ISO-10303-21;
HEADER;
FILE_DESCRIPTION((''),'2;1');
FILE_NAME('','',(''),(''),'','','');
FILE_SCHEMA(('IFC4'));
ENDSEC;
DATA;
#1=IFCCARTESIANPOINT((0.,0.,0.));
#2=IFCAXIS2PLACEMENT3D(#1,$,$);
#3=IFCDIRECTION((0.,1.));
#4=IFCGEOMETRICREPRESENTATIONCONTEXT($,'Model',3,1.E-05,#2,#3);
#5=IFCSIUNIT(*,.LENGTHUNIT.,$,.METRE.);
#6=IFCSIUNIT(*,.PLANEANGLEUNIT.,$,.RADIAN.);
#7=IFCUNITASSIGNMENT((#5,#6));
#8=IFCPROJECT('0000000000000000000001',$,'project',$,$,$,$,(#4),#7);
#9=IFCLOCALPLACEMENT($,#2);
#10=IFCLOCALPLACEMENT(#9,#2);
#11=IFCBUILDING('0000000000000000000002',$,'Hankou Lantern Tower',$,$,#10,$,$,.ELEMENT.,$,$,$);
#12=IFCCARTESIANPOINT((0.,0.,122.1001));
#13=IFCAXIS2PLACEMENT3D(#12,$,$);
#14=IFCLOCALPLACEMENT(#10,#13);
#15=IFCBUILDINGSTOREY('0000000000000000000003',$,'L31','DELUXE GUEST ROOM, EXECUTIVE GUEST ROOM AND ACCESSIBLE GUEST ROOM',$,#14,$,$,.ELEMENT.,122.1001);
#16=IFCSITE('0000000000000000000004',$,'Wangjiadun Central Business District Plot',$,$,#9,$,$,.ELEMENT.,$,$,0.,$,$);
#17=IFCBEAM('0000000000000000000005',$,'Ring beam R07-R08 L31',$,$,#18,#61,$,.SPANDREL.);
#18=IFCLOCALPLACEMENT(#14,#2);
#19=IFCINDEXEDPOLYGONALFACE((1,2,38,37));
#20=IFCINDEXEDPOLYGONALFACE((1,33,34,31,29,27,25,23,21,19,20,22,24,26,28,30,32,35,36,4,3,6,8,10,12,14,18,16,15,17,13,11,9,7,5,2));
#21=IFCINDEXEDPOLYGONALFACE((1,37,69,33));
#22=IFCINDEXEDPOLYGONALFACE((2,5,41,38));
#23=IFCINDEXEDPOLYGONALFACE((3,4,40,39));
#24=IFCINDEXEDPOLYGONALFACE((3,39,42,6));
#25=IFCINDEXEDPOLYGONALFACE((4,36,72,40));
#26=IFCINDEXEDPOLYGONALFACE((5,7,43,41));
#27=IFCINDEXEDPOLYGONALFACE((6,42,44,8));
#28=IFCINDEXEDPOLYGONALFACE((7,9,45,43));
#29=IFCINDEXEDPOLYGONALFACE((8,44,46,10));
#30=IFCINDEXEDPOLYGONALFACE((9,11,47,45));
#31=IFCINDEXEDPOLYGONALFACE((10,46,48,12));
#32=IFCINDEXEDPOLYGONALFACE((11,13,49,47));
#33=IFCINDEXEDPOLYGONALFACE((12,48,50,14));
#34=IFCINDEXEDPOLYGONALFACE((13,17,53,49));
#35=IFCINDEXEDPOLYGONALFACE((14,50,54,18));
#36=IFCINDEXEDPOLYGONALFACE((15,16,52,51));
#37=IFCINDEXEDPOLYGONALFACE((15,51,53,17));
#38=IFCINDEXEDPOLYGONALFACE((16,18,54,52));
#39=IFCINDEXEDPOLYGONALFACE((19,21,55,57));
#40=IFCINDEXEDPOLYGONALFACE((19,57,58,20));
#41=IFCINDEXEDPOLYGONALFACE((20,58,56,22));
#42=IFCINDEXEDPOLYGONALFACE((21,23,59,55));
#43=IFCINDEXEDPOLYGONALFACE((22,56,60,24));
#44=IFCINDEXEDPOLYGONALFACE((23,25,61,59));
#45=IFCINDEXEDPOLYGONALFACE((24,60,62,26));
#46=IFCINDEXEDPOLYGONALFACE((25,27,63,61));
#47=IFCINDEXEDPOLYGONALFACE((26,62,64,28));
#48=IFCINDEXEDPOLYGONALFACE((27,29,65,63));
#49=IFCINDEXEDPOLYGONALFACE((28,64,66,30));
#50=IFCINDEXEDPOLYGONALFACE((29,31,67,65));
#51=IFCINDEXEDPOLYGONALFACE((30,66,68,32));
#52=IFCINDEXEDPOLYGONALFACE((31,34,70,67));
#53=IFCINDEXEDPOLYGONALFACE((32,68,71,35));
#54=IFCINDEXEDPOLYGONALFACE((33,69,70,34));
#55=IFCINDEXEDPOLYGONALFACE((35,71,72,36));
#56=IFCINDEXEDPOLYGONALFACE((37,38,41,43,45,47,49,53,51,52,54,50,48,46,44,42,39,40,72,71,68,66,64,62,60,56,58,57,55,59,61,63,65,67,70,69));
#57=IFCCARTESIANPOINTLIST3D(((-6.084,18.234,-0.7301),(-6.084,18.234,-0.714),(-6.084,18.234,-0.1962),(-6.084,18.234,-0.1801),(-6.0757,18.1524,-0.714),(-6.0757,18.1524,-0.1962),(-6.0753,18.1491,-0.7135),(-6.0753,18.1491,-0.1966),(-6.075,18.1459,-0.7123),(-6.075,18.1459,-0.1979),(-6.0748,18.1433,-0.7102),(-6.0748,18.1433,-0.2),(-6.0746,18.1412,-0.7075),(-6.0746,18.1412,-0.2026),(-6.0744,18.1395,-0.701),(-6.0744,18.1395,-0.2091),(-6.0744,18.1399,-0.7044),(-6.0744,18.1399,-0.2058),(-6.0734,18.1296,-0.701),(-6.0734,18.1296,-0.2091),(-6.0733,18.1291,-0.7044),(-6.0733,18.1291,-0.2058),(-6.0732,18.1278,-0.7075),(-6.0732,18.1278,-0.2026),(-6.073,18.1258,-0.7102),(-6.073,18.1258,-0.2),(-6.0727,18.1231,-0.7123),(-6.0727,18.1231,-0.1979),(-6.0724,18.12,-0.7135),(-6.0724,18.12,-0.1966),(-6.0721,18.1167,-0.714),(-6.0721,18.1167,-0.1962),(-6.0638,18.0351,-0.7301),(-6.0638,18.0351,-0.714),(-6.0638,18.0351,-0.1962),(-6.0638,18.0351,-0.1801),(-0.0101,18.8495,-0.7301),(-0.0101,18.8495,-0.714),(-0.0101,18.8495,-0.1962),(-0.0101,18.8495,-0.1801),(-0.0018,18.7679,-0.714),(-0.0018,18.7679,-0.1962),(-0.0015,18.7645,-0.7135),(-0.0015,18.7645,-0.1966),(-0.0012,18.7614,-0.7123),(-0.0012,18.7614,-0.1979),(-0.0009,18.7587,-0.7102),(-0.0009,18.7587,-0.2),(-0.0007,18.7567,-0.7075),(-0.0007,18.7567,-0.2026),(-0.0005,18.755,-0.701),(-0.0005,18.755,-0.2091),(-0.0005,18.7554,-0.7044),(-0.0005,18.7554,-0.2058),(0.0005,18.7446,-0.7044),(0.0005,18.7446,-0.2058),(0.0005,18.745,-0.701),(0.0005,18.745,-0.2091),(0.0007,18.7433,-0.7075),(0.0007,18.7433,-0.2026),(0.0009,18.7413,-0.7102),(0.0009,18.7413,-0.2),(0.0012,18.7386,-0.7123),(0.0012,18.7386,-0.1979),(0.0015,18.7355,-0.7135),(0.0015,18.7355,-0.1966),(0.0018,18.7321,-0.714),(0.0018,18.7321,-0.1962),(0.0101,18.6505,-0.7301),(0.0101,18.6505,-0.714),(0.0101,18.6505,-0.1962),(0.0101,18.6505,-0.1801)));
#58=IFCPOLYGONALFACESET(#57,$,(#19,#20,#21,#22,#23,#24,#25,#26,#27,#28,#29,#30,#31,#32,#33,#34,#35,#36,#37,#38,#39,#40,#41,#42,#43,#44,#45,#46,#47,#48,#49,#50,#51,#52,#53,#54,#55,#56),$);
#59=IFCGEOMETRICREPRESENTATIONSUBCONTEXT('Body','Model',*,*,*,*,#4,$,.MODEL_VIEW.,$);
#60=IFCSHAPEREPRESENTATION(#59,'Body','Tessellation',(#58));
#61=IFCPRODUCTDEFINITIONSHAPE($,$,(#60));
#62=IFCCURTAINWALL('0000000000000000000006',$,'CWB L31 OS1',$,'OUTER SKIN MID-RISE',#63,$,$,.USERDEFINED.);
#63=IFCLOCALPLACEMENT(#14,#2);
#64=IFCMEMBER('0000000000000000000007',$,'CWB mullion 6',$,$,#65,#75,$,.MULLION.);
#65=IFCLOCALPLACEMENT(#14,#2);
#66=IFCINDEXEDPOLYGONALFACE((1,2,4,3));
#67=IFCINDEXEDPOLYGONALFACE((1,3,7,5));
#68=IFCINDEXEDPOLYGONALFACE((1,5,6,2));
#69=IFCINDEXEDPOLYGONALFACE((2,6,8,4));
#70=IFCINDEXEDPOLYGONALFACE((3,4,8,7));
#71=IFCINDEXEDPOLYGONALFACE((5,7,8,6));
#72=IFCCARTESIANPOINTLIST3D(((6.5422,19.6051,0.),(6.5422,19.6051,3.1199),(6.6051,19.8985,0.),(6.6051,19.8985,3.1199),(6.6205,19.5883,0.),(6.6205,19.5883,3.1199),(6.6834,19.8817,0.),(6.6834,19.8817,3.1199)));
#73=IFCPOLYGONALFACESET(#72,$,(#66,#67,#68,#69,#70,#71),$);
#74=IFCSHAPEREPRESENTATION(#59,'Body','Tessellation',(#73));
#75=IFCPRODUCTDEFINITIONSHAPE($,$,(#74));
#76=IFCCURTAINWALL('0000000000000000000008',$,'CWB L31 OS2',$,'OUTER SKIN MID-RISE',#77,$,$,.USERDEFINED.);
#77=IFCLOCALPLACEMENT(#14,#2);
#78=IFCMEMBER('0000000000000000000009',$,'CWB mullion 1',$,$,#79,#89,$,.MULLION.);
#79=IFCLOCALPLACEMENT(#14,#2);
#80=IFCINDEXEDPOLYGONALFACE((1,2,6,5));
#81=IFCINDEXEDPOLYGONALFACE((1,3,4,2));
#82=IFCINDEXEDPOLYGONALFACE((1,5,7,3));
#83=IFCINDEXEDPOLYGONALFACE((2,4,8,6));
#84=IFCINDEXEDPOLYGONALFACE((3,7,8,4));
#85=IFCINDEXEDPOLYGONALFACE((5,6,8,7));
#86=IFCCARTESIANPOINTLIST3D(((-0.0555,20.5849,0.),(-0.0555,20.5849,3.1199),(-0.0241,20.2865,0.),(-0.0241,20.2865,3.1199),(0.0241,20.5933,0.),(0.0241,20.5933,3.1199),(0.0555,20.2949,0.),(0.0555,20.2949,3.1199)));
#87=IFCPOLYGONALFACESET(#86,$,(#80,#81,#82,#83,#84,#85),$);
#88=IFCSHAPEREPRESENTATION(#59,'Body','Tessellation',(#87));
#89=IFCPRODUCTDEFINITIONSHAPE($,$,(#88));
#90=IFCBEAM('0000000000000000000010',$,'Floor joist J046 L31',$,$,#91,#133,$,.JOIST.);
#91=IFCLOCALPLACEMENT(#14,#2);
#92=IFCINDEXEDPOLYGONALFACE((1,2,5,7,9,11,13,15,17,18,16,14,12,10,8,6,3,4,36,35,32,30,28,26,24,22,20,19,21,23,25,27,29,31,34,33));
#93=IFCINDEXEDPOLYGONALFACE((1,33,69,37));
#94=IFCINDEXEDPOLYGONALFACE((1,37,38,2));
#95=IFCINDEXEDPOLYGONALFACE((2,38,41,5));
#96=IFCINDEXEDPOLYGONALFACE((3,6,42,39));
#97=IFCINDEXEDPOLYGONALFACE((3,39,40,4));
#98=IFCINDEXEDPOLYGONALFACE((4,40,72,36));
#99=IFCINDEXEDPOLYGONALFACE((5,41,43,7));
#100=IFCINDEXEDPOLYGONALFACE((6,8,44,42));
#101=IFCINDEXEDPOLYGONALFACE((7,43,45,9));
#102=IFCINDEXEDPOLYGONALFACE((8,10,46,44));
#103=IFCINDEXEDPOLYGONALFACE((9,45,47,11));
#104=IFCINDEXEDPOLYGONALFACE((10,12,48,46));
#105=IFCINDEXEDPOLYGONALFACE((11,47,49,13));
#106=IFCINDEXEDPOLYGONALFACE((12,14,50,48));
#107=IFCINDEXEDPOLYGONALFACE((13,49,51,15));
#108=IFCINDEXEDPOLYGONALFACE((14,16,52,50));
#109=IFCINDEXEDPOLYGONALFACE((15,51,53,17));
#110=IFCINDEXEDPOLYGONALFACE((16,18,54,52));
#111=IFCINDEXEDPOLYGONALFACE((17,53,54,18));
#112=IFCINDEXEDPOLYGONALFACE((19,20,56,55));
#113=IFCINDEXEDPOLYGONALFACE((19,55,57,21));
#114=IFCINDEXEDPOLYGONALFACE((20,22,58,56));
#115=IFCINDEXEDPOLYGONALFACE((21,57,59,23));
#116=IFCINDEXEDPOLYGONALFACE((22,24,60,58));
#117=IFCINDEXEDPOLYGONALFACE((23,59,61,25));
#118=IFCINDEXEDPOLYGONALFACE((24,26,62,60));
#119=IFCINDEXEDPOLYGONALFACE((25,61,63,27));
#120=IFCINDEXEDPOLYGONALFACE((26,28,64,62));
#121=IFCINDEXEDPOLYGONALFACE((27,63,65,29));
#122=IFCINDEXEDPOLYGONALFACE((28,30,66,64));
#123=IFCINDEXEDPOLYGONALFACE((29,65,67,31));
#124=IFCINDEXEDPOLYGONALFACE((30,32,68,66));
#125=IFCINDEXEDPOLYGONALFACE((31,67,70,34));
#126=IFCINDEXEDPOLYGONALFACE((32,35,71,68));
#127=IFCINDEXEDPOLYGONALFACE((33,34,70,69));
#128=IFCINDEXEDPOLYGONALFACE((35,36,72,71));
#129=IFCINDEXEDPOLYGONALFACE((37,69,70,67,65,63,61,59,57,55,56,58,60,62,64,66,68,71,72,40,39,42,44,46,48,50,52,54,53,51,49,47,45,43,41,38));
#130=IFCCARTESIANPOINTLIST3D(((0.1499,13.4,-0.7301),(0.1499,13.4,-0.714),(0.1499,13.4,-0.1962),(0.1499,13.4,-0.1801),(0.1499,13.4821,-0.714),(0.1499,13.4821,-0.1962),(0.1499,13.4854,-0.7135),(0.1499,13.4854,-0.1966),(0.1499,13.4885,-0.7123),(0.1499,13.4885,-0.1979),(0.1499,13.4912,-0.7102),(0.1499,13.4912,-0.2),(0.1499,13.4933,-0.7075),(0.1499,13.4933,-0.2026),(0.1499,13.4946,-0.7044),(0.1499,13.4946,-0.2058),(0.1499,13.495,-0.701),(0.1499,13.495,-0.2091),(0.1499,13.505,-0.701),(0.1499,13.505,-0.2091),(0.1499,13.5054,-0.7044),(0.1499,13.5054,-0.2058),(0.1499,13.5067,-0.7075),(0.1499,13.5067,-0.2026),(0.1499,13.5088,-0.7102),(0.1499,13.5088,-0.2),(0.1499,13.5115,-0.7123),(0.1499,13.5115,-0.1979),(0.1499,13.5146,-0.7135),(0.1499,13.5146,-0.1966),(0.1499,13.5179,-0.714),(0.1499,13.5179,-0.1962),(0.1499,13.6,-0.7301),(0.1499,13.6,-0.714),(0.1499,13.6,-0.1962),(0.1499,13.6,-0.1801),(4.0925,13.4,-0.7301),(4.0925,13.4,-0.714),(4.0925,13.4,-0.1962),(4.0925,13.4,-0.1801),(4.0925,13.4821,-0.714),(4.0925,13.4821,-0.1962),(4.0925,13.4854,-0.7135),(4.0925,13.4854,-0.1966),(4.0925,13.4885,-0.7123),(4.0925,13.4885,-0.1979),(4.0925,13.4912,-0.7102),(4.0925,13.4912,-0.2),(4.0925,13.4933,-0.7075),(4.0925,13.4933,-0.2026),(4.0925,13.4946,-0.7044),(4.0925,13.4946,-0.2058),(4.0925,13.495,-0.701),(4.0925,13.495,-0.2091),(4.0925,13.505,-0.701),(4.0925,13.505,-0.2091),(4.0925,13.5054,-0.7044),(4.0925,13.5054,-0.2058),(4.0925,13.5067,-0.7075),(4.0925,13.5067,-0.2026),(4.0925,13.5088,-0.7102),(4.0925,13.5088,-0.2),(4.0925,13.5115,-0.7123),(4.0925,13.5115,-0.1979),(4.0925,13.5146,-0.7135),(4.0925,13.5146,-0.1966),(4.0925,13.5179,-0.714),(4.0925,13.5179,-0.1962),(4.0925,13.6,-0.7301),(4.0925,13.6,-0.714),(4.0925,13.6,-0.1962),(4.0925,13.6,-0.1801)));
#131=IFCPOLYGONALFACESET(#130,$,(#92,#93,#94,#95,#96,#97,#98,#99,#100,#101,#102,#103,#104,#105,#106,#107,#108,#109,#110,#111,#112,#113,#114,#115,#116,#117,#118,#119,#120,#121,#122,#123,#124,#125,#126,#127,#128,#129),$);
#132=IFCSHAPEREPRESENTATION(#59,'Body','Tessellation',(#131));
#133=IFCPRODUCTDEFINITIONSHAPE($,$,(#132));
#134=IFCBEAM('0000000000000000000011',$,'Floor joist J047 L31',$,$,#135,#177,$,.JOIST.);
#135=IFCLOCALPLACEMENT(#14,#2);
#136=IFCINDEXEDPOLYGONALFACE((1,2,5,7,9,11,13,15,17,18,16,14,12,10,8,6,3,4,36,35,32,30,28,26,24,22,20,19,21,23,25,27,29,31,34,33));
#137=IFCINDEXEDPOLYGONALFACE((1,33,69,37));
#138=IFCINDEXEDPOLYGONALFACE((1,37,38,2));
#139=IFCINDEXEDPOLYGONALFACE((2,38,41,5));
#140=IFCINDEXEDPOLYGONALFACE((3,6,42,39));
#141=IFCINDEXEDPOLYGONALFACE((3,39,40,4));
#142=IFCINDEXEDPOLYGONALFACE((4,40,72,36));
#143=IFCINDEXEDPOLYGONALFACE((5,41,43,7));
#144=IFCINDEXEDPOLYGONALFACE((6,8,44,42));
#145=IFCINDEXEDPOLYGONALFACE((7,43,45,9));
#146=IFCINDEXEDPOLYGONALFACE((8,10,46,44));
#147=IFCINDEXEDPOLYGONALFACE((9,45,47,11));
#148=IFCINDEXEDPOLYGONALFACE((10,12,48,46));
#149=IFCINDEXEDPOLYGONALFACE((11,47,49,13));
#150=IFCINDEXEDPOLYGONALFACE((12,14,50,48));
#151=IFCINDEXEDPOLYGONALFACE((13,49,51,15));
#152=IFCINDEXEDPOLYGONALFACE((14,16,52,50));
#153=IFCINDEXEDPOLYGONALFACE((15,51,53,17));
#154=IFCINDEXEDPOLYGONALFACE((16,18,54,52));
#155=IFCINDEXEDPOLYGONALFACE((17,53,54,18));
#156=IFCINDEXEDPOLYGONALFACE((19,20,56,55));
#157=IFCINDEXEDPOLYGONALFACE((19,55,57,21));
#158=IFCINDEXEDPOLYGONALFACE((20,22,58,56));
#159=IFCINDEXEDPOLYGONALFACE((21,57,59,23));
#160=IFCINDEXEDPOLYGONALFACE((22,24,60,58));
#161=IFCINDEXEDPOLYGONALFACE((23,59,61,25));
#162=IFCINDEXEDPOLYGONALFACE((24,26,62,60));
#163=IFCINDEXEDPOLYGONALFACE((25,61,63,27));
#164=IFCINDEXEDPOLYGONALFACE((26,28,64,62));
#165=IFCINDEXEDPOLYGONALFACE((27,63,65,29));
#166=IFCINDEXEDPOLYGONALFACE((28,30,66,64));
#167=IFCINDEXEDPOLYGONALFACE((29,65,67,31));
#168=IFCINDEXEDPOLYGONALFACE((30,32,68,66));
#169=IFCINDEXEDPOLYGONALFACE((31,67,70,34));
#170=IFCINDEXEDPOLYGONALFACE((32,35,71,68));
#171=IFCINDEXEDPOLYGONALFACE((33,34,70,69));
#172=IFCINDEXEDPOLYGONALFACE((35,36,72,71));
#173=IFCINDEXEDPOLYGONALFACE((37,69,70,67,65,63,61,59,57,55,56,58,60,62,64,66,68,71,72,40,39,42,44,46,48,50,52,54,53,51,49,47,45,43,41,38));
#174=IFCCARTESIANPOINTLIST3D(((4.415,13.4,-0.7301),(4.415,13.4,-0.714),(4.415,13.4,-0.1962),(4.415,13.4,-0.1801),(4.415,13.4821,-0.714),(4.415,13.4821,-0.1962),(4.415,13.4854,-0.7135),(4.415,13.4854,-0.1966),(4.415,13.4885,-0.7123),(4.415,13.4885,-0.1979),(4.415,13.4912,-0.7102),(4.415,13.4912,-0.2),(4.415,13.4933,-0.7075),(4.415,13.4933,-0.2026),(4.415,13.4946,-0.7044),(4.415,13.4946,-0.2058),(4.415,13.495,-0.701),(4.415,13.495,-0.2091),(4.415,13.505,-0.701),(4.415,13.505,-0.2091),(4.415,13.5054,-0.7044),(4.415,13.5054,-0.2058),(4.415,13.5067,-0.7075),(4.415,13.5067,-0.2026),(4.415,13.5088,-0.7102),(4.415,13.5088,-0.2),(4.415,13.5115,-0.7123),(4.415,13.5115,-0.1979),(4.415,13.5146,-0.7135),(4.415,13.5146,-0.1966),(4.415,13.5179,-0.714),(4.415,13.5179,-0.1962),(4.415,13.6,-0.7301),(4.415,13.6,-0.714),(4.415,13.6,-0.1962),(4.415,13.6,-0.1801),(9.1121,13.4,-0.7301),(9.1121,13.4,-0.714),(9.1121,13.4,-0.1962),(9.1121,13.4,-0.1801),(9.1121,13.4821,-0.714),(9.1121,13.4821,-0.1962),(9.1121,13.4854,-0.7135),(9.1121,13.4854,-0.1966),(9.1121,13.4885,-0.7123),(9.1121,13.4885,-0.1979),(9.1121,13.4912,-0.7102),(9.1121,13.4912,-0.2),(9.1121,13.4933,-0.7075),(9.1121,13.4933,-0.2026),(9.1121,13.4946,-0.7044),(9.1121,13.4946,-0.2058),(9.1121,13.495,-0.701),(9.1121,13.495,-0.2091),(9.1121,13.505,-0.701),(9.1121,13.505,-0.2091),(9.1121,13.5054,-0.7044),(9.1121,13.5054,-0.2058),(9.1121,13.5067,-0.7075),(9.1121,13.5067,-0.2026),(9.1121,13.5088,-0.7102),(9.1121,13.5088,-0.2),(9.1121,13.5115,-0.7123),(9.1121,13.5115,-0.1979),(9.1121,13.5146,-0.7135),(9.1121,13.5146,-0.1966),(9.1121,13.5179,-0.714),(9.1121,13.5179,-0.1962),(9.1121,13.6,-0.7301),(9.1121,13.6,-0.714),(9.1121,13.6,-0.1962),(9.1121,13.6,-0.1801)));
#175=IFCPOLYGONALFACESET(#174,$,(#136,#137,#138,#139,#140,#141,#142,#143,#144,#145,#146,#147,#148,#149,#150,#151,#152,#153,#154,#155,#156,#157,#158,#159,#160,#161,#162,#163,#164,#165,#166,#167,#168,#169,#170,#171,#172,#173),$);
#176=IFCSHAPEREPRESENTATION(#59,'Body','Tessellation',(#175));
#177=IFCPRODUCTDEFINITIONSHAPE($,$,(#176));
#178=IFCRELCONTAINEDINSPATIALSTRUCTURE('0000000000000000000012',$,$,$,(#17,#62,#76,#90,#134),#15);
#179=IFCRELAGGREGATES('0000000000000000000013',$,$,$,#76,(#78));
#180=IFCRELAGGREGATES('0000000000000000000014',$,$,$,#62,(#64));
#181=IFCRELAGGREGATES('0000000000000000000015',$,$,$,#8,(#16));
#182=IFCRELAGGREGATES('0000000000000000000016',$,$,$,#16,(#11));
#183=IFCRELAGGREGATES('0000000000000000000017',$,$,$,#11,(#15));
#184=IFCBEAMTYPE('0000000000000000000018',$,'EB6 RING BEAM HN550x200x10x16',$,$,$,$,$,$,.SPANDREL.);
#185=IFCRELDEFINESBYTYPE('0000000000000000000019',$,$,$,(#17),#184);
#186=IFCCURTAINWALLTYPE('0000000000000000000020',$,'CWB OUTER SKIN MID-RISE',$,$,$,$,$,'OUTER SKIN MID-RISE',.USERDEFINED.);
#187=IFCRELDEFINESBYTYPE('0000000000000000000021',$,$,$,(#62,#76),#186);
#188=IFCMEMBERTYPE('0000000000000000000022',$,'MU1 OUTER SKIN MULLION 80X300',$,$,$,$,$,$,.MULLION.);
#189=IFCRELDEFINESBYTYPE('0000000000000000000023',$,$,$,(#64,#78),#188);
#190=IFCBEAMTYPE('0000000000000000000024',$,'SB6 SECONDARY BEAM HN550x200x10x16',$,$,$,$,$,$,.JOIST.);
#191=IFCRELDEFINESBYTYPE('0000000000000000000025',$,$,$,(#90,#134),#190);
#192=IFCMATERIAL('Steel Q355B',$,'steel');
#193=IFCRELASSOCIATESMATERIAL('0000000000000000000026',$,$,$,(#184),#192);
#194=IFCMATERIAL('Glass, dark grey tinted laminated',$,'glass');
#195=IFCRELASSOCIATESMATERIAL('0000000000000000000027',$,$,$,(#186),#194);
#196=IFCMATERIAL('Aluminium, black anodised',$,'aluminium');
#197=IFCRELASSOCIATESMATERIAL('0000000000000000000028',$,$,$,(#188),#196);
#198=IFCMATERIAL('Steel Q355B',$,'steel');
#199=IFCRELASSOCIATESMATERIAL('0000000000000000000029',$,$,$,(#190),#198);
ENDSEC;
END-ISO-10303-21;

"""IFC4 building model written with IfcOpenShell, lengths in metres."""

from ifc_helpers import new_model, si_unit, direction, frame, origin, origin_2d, place, context, subcontext, project, spatial, rectangle, i_section, extrude, material, material_profile, profile_set, type_object, element, aggregate, save


model = new_model("IFC4")

# Units and contexts
model_context = context("Model", 3, precision=1e-05, world=origin(), true_north=direction((0.0, 1.0)))
body_context = subcontext(model_context, "Body", "Model", "MODEL_VIEW")
ifc_project = project(units=[si_unit("LENGTHUNIT", "METRE"), si_unit("PLANEANGLEUNIT", "RADIAN")], contexts=[model_context])

# Site, building, storey
site_placement = place(None, origin())
site = spatial("IfcSite", under=ifc_project, at=site_placement, Name="Wangjiadun Central Business District Plot", CompositionType="ELEMENT", RefElevation=0.0)
building_placement = place(site_placement, origin())
building = spatial("IfcBuilding", under=site, at=building_placement, Name="Hankou Lantern Tower", CompositionType="ELEMENT")
storey_placement = place(building_placement, frame((0.0, 0.0, 122.1001)))
storey = spatial("IfcBuildingStorey", under=building, at=storey_placement, Name="L31", Description="DELUXE GUEST ROOM, EXECUTIVE GUEST ROOM AND ACCESSIBLE GUEST ROOM", CompositionType="ELEMENT", Elevation=122.1001)

# Beam
ifc_material_1 = material(Name="Steel Q355B", Category="steel")
ifc_material_profile_1 = material_profile(ifc_material_1, i_section(OverallWidth=0.2, OverallDepth=0.55, WebThickness=0.01, FlangeThickness=0.0161, FilletRadius=0.0129, at=origin_2d()), Name="HN550x200x10x16")
ifc_profile_set_1 = profile_set([ifc_material_profile_1], Name="Steel Q355B")
beam_type_1 = type_object("IfcBeamType", Name="EB6 RING BEAM HN550x200x10x16", PredefinedType="SPANDREL", material=ifc_profile_set_1)
for number, where, z_axis, x_axis, name in (
    (1, (0.0, 18.75, -0.4551), (-0.994905, -0.100814, 0.0), (0.100814, -0.994905, 0.0), "Ring beam R07-R08 L31"),
):
    element("IfcBeam", number, at=place(storey_placement, frame(where, z_axis=z_axis, x_axis=x_axis)), inside=storey, type_object=beam_type_1, Name=name, PredefinedType="SPANDREL", context=body_context, shape_type="SweptSolid", body=[
        extrude(i_section(OverallWidth=0.2, OverallDepth=0.55, WebThickness=0.01, FlangeThickness=0.0161, FilletRadius=0.0129, at=origin_2d()), origin(), (0.0, 0.0, 1.0), 6.105),
    ])

# Curtain walls, members
ifc_material_2 = material(Name="Glass, dark grey tinted laminated", Category="glass")
curtain_wall_type = type_object("IfcCurtainWallType", Name="CWB OUTER SKIN MID-RISE", ElementType="OUTER SKIN MID-RISE", PredefinedType="USERDEFINED", material=ifc_material_2)
curtain_wall_1_placement = place(storey_placement, origin())
curtain_wall_1 = element("IfcCurtainWall", 2, at=curtain_wall_1_placement, inside=storey, type_object=curtain_wall_type, Name="CWB L31 OS1", ObjectType="OUTER SKIN MID-RISE", PredefinedType="USERDEFINED")
ifc_material_3 = material(Name="Aluminium, black anodised", Category="aluminium")
ifc_material_profile_2 = material_profile(ifc_material_3, rectangle(XDim=0.0801, YDim=0.3, at=origin_2d()), Name="MU1 80X300")
ifc_profile_set_2 = profile_set([ifc_material_profile_2], Name="Aluminium, black anodised")
member_type_1 = type_object("IfcMemberType", Name="MU1 OUTER SKIN MULLION 80X300", PredefinedType="MULLION", material=ifc_profile_set_2)
member_1_placement = place(storey_placement, frame((6.6128, 19.7434, 0.0), z_axis=(0.0, 0.0, 1.0), x_axis=(-0.977788, 0.209598, 0.0)))
member_1 = element("IfcMember", 3, at=member_1_placement, type_object=member_type_1, Name="CWB mullion 6", PredefinedType="MULLION", context=body_context, shape_type="SweptSolid", body=[
    extrude(rectangle(XDim=0.0801, YDim=0.3, at=origin_2d()), origin(), (0.0, 0.0, 1.0), 3.1199),
])
curtain_wall_2_placement = place(storey_placement, origin())
curtain_wall_2 = element("IfcCurtainWall", 4, at=curtain_wall_2_placement, inside=storey, type_object=curtain_wall_type, Name="CWB L31 OS2", ObjectType="OUTER SKIN MID-RISE", PredefinedType="USERDEFINED")
member_2_placement = place(storey_placement, frame((0.0, 20.4399, 0.0), z_axis=(0.0, 0.0, 1.0), x_axis=(-0.994499, -0.104743, 0.0)))
member_2 = element("IfcMember", 5, at=member_2_placement, type_object=member_type_1, Name="CWB mullion 1", PredefinedType="MULLION", context=body_context, shape_type="SweptSolid", body=[
    extrude(rectangle(XDim=0.0801, YDim=0.3, at=origin_2d()), origin(), (0.0, 0.0, 1.0), 3.1199),
])
aggregate(curtain_wall_2, [member_2])

# Beams
ifc_material_4 = material(Name="Steel Q355B", Category="steel")
ifc_material_profile_3 = material_profile(ifc_material_4, i_section(OverallWidth=0.2, OverallDepth=0.55, WebThickness=0.01, FlangeThickness=0.0161, FilletRadius=0.0129, at=origin_2d()), Name="HN550x200x10x16")
ifc_profile_set_3 = profile_set([ifc_material_profile_3], Name="Steel Q355B")
beam_type_2 = type_object("IfcBeamType", Name="SB6 SECONDARY BEAM HN550x200x10x16", PredefinedType="JOIST", material=ifc_profile_set_3)
beam_1_placement = place(storey_placement, frame((0.1499, 13.5, -0.4551), z_axis=(1.0, 0.0, 0.0), x_axis=(0.0, 1.0, 0.0)))
element("IfcBeam", 6, at=beam_1_placement, inside=storey, type_object=beam_type_2, Name="Floor joist J046 L31", PredefinedType="JOIST", context=body_context, shape_type="SweptSolid", body=[
    extrude(i_section(OverallWidth=0.2, OverallDepth=0.55, WebThickness=0.01, FlangeThickness=0.0161, FilletRadius=0.0129, at=origin_2d()), origin(), (0.0, 0.0, 1.0), 3.9426),
])
beam_2_placement = place(storey_placement, frame((4.415, 13.5, -0.4551), z_axis=(1.0, 0.0, 0.0), x_axis=(0.0, 1.0, 0.0)))
element("IfcBeam", 7, at=beam_2_placement, inside=storey, type_object=beam_type_2, Name="Floor joist J047 L31", PredefinedType="JOIST", context=body_context, shape_type="SweptSolid", body=[
    extrude(i_section(OverallWidth=0.2, OverallDepth=0.55, WebThickness=0.01, FlangeThickness=0.0161, FilletRadius=0.0129, at=origin_2d()), origin(), (0.0, 0.0, 1.0), 4.697),
])

aggregate(curtain_wall_1, [member_1])

save(model, "model.ifc")
